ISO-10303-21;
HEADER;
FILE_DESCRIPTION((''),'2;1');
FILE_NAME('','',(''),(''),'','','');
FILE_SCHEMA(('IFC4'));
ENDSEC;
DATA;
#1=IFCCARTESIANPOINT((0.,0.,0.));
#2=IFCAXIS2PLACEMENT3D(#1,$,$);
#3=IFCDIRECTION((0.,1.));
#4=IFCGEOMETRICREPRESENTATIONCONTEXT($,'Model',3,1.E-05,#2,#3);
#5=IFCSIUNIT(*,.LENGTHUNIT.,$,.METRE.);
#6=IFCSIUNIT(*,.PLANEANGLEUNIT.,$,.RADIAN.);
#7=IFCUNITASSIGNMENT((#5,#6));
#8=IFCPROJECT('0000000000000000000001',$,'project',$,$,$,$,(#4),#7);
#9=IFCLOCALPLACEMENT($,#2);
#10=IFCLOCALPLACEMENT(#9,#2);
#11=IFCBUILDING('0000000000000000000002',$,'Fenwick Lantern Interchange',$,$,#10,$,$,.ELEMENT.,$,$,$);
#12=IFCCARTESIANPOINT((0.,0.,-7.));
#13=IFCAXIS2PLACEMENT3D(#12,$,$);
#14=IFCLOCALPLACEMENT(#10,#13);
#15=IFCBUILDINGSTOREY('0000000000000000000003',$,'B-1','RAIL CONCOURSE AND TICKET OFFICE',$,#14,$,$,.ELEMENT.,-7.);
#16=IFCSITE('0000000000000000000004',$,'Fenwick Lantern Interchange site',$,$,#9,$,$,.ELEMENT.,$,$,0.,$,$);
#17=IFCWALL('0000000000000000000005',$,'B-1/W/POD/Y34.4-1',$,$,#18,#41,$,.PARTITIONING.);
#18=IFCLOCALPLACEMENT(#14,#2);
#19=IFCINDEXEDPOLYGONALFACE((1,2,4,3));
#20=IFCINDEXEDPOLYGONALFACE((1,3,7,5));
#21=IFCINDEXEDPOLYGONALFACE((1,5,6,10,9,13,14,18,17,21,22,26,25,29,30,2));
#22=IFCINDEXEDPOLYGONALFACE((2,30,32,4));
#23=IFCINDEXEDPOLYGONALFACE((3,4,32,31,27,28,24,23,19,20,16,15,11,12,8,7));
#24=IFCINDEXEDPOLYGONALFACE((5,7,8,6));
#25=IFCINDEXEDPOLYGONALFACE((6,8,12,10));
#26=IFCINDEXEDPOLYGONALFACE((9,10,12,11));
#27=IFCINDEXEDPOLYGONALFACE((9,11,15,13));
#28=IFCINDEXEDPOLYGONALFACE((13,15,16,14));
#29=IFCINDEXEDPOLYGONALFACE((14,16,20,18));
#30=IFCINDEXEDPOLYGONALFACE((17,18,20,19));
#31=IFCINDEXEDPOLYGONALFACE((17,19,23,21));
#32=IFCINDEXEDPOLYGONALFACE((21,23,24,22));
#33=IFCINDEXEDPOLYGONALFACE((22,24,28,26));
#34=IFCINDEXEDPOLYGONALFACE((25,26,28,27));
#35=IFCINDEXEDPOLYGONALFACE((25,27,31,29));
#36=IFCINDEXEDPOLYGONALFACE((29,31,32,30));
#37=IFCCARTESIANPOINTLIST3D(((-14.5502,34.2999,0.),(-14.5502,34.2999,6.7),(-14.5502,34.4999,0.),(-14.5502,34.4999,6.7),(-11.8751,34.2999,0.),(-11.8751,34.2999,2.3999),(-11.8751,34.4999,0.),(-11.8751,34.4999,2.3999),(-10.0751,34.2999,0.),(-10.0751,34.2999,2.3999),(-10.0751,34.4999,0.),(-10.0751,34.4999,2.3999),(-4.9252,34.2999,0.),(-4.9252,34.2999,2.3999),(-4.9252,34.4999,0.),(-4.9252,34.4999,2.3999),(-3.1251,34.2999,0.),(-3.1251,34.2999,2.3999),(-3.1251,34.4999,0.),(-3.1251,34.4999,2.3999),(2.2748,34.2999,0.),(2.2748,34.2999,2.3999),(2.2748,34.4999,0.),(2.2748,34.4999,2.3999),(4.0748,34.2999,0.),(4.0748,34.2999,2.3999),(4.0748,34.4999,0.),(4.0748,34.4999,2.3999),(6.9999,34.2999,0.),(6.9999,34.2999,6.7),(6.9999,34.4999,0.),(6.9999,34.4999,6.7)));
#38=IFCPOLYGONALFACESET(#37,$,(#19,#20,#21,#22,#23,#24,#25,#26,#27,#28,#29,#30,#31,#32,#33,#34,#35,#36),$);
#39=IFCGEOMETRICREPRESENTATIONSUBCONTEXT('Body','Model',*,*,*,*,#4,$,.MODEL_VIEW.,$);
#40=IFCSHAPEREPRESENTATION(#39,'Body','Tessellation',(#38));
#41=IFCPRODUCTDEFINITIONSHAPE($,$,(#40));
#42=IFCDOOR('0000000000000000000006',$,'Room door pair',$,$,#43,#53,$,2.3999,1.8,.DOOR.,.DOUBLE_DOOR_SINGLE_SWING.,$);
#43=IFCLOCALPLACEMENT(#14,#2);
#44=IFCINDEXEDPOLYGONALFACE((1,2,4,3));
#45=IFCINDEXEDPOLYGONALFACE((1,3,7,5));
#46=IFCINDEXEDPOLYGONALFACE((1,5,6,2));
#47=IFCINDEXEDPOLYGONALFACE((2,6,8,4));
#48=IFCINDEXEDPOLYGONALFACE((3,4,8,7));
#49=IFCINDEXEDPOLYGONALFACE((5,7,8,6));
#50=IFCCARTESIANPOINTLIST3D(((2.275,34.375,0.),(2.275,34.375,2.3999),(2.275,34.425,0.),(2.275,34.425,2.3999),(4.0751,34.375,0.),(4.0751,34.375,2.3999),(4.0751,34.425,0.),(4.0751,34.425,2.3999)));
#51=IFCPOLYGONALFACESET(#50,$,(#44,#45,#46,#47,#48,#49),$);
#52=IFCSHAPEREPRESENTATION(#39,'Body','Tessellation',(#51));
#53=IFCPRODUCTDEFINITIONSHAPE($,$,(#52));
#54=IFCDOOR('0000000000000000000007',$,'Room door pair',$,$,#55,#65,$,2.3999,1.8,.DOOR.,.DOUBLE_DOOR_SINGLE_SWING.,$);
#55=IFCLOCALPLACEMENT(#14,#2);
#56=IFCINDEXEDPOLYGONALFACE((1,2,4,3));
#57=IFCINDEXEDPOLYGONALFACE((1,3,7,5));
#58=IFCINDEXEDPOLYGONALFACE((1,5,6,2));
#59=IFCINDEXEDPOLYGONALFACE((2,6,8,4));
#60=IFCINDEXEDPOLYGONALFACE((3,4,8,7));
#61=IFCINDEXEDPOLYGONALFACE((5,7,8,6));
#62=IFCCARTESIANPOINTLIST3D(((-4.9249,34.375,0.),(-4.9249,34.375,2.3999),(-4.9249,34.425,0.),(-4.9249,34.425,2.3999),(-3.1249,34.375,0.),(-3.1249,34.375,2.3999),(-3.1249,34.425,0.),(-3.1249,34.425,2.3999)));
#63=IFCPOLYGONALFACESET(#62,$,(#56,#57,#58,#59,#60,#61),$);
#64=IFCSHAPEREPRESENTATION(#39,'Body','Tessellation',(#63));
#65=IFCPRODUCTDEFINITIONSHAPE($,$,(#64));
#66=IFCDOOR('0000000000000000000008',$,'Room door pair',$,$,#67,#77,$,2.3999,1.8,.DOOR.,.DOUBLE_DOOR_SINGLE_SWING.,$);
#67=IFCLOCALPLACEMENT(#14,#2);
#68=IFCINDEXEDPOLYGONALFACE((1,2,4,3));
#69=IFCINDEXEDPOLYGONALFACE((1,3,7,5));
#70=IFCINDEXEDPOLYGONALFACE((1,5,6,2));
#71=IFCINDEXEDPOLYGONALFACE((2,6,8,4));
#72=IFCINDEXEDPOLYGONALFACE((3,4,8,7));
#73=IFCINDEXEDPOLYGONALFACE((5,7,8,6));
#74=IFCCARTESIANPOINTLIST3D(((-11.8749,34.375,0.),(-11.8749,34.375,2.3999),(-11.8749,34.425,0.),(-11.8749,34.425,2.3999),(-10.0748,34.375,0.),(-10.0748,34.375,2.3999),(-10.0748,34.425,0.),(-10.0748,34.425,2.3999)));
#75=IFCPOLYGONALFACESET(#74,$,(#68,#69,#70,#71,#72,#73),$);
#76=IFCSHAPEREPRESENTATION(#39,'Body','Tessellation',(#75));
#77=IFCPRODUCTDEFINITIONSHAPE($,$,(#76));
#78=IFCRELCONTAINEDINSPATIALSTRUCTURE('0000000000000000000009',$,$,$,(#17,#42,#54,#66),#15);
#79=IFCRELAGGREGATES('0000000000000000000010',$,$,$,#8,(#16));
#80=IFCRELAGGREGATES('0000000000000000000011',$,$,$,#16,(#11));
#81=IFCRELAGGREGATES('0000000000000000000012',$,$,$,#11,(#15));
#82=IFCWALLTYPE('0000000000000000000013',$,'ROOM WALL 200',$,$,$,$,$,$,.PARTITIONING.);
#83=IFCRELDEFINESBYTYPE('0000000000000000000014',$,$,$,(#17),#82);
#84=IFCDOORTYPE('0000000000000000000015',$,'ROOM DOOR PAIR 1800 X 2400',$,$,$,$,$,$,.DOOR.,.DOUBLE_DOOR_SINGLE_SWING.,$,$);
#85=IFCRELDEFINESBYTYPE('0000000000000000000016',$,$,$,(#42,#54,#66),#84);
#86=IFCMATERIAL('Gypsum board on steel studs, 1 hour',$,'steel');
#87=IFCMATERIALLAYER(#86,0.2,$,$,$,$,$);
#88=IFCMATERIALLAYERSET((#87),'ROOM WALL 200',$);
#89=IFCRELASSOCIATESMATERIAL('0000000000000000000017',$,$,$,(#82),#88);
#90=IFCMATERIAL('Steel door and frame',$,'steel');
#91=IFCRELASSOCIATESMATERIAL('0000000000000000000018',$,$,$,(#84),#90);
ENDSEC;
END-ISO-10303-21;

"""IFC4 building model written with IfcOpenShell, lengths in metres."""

from ifc_helpers import new_model, si_unit, direction, frame, frame_2d, origin, place, context, subcontext, project, spatial, rectangle, extrude, material, layer, layer_set, type_object, element, fill, save


model = new_model("IFC4")

# Units and contexts
model_context = context("Model", 3, precision=1e-05, world=origin(), true_north=direction((0.0, 1.0)))
body_context = subcontext(model_context, "Body", "Model", "MODEL_VIEW")
ifc_project = project(units=[si_unit("LENGTHUNIT", "METRE"), si_unit("PLANEANGLEUNIT", "RADIAN")], contexts=[model_context])

# Site, building, storey
site_placement = place(None, origin())
site = spatial("IfcSite", under=ifc_project, at=site_placement, Name="Fenwick Lantern Interchange site", CompositionType="ELEMENT", RefElevation=0.0)
building_placement = place(site_placement, origin())
building = spatial("IfcBuilding", under=site, at=building_placement, Name="Fenwick Lantern Interchange", CompositionType="ELEMENT")
storey_placement = place(building_placement, frame((0.0, 0.0, -7.0)))
storey = spatial("IfcBuildingStorey", under=building, at=storey_placement, Name="B-1", Description="RAIL CONCOURSE AND TICKET OFFICE", CompositionType="ELEMENT", Elevation=-7.0)

# Shared definitions
ifc_material_1 = material(Name="Gypsum board on steel studs, 1 hour", Category="steel")
ifc_layer_1 = layer(ifc_material_1, 0.2)
ifc_layer_set_1 = layer_set([ifc_layer_1], Name="ROOM WALL 200")
wall_type_1 = type_object("IfcWallType", Name="ROOM WALL 200", PredefinedType="PARTITIONING", material=ifc_layer_set_1)

# Wall, openings, doors
wall_1_placement = place(storey_placement, frame((-14.55, 34.3999, 0.0), z_axis=(0.0, 0.0, 1.0), x_axis=(1.0, 0.0, 0.0)))
wall_1 = element("IfcWall", 1, at=wall_1_placement, inside=storey, type_object=wall_type_1, Name="B-1/W/POD/Y34.4-1", PredefinedType="PARTITIONING", context=body_context, shape_type="SweptSolid", body=[
    extrude(rectangle(XDim=21.55, YDim=0.2, at=frame_2d((10.7749, 0.0))), origin(), (0.0, 0.0, 1.0), 6.7),
])
opening_1_placement = place(wall_1_placement, frame((16.825, 0.0, 0.0)))
opening_1 = element("IfcOpeningElement", 2, at=opening_1_placement, cuts=wall_1, PredefinedType="OPENING", context=body_context, shape_type="SweptSolid", body=[
    extrude(rectangle(XDim=1.8, YDim=2.3999, at=frame_2d((0.8999, 1.2))), frame((0.0, 0.1099, 0.0), z_axis=(0.0, -1.0, 0.0), x_axis=(1.0, 0.0, 0.0)), (0.0, 0.0, 1.0), 0.22),
])
opening_2_placement = place(wall_1_placement, frame((9.625, 0.0, 0.0)))
opening_2 = element("IfcOpeningElement", 3, at=opening_2_placement, cuts=wall_1, PredefinedType="OPENING", context=body_context, shape_type="SweptSolid", body=[
    extrude(rectangle(XDim=1.8, YDim=2.3999, at=frame_2d((0.8999, 1.2))), frame((0.0, 0.1099, 0.0), z_axis=(0.0, -1.0, 0.0), x_axis=(1.0, 0.0, 0.0)), (0.0, 0.0, 1.0), 0.22),
])
opening_3_placement = place(wall_1_placement, frame((2.675, 0.0, 0.0)))
opening_3 = element("IfcOpeningElement", 4, at=opening_3_placement, cuts=wall_1, PredefinedType="OPENING", context=body_context, shape_type="SweptSolid", body=[
    extrude(rectangle(XDim=1.8, YDim=2.3999, at=frame_2d((0.8999, 1.2))), frame((0.0, 0.1099, 0.0), z_axis=(0.0, -1.0, 0.0), x_axis=(1.0, 0.0, 0.0)), (0.0, 0.0, 1.0), 0.22),
])
ifc_material_2 = material(Name="Steel door and frame", Category="steel")
door_type = type_object("IfcDoorType", Name="ROOM DOOR PAIR 1800 X 2400", OperationType="DOUBLE_DOOR_SINGLE_SWING", PredefinedType="DOOR", material=ifc_material_2)
door_1_placement = place(opening_1_placement, frame((1.8, 0.0, 0.0), z_axis=(0.0, 0.0, 1.0), x_axis=(-1.0, 0.0, 0.0)))
door_1 = element("IfcDoor", 5, at=door_1_placement, inside=storey, type_object=door_type, Name="Room door pair", OperationType="DOUBLE_DOOR_SINGLE_SWING", OverallHeight=2.3999, OverallWidth=1.8, PredefinedType="DOOR", context=body_context, shape_type="SweptSolid", body=[
    extrude(rectangle(XDim=1.8, YDim=2.3999, at=frame_2d((0.8999, 1.2))), frame((0.0, 0.0249, 0.0), z_axis=(0.0, -1.0, 0.0), x_axis=(1.0, 0.0, 0.0)), (0.0, 0.0, 1.0), 0.05),
])
fill(opening_1, door_1)
door_2_placement = place(opening_2_placement, frame((1.8, 0.0, 0.0), z_axis=(0.0, 0.0, 1.0), x_axis=(-1.0, 0.0, 0.0)))
door_2 = element("IfcDoor", 6, at=door_2_placement, inside=storey, type_object=door_type, Name="Room door pair", OperationType="DOUBLE_DOOR_SINGLE_SWING", OverallHeight=2.3999, OverallWidth=1.8, PredefinedType="DOOR", context=body_context, shape_type="SweptSolid", body=[
    extrude(rectangle(XDim=1.8, YDim=2.3999, at=frame_2d((0.8999, 1.2))), frame((0.0, 0.0249, 0.0), z_axis=(0.0, -1.0, 0.0), x_axis=(1.0, 0.0, 0.0)), (0.0, 0.0, 1.0), 0.05),
])
fill(opening_2, door_2)
door_3_placement = place(opening_3_placement, frame((1.8, 0.0, 0.0), z_axis=(0.0, 0.0, 1.0), x_axis=(-1.0, 0.0, 0.0)))
door_3 = element("IfcDoor", 7, at=door_3_placement, inside=storey, type_object=door_type, Name="Room door pair", OperationType="DOUBLE_DOOR_SINGLE_SWING", OverallHeight=2.3999, OverallWidth=1.8, PredefinedType="DOOR", context=body_context, shape_type="SweptSolid", body=[
    extrude(rectangle(XDim=1.8, YDim=2.3999, at=frame_2d((0.8999, 1.2))), frame((0.0, 0.0249, 0.0), z_axis=(0.0, -1.0, 0.0), x_axis=(1.0, 0.0, 0.0)), (0.0, 0.0, 1.0), 0.05),
])
fill(opening_3, door_3)

save(model, "model.ifc")
